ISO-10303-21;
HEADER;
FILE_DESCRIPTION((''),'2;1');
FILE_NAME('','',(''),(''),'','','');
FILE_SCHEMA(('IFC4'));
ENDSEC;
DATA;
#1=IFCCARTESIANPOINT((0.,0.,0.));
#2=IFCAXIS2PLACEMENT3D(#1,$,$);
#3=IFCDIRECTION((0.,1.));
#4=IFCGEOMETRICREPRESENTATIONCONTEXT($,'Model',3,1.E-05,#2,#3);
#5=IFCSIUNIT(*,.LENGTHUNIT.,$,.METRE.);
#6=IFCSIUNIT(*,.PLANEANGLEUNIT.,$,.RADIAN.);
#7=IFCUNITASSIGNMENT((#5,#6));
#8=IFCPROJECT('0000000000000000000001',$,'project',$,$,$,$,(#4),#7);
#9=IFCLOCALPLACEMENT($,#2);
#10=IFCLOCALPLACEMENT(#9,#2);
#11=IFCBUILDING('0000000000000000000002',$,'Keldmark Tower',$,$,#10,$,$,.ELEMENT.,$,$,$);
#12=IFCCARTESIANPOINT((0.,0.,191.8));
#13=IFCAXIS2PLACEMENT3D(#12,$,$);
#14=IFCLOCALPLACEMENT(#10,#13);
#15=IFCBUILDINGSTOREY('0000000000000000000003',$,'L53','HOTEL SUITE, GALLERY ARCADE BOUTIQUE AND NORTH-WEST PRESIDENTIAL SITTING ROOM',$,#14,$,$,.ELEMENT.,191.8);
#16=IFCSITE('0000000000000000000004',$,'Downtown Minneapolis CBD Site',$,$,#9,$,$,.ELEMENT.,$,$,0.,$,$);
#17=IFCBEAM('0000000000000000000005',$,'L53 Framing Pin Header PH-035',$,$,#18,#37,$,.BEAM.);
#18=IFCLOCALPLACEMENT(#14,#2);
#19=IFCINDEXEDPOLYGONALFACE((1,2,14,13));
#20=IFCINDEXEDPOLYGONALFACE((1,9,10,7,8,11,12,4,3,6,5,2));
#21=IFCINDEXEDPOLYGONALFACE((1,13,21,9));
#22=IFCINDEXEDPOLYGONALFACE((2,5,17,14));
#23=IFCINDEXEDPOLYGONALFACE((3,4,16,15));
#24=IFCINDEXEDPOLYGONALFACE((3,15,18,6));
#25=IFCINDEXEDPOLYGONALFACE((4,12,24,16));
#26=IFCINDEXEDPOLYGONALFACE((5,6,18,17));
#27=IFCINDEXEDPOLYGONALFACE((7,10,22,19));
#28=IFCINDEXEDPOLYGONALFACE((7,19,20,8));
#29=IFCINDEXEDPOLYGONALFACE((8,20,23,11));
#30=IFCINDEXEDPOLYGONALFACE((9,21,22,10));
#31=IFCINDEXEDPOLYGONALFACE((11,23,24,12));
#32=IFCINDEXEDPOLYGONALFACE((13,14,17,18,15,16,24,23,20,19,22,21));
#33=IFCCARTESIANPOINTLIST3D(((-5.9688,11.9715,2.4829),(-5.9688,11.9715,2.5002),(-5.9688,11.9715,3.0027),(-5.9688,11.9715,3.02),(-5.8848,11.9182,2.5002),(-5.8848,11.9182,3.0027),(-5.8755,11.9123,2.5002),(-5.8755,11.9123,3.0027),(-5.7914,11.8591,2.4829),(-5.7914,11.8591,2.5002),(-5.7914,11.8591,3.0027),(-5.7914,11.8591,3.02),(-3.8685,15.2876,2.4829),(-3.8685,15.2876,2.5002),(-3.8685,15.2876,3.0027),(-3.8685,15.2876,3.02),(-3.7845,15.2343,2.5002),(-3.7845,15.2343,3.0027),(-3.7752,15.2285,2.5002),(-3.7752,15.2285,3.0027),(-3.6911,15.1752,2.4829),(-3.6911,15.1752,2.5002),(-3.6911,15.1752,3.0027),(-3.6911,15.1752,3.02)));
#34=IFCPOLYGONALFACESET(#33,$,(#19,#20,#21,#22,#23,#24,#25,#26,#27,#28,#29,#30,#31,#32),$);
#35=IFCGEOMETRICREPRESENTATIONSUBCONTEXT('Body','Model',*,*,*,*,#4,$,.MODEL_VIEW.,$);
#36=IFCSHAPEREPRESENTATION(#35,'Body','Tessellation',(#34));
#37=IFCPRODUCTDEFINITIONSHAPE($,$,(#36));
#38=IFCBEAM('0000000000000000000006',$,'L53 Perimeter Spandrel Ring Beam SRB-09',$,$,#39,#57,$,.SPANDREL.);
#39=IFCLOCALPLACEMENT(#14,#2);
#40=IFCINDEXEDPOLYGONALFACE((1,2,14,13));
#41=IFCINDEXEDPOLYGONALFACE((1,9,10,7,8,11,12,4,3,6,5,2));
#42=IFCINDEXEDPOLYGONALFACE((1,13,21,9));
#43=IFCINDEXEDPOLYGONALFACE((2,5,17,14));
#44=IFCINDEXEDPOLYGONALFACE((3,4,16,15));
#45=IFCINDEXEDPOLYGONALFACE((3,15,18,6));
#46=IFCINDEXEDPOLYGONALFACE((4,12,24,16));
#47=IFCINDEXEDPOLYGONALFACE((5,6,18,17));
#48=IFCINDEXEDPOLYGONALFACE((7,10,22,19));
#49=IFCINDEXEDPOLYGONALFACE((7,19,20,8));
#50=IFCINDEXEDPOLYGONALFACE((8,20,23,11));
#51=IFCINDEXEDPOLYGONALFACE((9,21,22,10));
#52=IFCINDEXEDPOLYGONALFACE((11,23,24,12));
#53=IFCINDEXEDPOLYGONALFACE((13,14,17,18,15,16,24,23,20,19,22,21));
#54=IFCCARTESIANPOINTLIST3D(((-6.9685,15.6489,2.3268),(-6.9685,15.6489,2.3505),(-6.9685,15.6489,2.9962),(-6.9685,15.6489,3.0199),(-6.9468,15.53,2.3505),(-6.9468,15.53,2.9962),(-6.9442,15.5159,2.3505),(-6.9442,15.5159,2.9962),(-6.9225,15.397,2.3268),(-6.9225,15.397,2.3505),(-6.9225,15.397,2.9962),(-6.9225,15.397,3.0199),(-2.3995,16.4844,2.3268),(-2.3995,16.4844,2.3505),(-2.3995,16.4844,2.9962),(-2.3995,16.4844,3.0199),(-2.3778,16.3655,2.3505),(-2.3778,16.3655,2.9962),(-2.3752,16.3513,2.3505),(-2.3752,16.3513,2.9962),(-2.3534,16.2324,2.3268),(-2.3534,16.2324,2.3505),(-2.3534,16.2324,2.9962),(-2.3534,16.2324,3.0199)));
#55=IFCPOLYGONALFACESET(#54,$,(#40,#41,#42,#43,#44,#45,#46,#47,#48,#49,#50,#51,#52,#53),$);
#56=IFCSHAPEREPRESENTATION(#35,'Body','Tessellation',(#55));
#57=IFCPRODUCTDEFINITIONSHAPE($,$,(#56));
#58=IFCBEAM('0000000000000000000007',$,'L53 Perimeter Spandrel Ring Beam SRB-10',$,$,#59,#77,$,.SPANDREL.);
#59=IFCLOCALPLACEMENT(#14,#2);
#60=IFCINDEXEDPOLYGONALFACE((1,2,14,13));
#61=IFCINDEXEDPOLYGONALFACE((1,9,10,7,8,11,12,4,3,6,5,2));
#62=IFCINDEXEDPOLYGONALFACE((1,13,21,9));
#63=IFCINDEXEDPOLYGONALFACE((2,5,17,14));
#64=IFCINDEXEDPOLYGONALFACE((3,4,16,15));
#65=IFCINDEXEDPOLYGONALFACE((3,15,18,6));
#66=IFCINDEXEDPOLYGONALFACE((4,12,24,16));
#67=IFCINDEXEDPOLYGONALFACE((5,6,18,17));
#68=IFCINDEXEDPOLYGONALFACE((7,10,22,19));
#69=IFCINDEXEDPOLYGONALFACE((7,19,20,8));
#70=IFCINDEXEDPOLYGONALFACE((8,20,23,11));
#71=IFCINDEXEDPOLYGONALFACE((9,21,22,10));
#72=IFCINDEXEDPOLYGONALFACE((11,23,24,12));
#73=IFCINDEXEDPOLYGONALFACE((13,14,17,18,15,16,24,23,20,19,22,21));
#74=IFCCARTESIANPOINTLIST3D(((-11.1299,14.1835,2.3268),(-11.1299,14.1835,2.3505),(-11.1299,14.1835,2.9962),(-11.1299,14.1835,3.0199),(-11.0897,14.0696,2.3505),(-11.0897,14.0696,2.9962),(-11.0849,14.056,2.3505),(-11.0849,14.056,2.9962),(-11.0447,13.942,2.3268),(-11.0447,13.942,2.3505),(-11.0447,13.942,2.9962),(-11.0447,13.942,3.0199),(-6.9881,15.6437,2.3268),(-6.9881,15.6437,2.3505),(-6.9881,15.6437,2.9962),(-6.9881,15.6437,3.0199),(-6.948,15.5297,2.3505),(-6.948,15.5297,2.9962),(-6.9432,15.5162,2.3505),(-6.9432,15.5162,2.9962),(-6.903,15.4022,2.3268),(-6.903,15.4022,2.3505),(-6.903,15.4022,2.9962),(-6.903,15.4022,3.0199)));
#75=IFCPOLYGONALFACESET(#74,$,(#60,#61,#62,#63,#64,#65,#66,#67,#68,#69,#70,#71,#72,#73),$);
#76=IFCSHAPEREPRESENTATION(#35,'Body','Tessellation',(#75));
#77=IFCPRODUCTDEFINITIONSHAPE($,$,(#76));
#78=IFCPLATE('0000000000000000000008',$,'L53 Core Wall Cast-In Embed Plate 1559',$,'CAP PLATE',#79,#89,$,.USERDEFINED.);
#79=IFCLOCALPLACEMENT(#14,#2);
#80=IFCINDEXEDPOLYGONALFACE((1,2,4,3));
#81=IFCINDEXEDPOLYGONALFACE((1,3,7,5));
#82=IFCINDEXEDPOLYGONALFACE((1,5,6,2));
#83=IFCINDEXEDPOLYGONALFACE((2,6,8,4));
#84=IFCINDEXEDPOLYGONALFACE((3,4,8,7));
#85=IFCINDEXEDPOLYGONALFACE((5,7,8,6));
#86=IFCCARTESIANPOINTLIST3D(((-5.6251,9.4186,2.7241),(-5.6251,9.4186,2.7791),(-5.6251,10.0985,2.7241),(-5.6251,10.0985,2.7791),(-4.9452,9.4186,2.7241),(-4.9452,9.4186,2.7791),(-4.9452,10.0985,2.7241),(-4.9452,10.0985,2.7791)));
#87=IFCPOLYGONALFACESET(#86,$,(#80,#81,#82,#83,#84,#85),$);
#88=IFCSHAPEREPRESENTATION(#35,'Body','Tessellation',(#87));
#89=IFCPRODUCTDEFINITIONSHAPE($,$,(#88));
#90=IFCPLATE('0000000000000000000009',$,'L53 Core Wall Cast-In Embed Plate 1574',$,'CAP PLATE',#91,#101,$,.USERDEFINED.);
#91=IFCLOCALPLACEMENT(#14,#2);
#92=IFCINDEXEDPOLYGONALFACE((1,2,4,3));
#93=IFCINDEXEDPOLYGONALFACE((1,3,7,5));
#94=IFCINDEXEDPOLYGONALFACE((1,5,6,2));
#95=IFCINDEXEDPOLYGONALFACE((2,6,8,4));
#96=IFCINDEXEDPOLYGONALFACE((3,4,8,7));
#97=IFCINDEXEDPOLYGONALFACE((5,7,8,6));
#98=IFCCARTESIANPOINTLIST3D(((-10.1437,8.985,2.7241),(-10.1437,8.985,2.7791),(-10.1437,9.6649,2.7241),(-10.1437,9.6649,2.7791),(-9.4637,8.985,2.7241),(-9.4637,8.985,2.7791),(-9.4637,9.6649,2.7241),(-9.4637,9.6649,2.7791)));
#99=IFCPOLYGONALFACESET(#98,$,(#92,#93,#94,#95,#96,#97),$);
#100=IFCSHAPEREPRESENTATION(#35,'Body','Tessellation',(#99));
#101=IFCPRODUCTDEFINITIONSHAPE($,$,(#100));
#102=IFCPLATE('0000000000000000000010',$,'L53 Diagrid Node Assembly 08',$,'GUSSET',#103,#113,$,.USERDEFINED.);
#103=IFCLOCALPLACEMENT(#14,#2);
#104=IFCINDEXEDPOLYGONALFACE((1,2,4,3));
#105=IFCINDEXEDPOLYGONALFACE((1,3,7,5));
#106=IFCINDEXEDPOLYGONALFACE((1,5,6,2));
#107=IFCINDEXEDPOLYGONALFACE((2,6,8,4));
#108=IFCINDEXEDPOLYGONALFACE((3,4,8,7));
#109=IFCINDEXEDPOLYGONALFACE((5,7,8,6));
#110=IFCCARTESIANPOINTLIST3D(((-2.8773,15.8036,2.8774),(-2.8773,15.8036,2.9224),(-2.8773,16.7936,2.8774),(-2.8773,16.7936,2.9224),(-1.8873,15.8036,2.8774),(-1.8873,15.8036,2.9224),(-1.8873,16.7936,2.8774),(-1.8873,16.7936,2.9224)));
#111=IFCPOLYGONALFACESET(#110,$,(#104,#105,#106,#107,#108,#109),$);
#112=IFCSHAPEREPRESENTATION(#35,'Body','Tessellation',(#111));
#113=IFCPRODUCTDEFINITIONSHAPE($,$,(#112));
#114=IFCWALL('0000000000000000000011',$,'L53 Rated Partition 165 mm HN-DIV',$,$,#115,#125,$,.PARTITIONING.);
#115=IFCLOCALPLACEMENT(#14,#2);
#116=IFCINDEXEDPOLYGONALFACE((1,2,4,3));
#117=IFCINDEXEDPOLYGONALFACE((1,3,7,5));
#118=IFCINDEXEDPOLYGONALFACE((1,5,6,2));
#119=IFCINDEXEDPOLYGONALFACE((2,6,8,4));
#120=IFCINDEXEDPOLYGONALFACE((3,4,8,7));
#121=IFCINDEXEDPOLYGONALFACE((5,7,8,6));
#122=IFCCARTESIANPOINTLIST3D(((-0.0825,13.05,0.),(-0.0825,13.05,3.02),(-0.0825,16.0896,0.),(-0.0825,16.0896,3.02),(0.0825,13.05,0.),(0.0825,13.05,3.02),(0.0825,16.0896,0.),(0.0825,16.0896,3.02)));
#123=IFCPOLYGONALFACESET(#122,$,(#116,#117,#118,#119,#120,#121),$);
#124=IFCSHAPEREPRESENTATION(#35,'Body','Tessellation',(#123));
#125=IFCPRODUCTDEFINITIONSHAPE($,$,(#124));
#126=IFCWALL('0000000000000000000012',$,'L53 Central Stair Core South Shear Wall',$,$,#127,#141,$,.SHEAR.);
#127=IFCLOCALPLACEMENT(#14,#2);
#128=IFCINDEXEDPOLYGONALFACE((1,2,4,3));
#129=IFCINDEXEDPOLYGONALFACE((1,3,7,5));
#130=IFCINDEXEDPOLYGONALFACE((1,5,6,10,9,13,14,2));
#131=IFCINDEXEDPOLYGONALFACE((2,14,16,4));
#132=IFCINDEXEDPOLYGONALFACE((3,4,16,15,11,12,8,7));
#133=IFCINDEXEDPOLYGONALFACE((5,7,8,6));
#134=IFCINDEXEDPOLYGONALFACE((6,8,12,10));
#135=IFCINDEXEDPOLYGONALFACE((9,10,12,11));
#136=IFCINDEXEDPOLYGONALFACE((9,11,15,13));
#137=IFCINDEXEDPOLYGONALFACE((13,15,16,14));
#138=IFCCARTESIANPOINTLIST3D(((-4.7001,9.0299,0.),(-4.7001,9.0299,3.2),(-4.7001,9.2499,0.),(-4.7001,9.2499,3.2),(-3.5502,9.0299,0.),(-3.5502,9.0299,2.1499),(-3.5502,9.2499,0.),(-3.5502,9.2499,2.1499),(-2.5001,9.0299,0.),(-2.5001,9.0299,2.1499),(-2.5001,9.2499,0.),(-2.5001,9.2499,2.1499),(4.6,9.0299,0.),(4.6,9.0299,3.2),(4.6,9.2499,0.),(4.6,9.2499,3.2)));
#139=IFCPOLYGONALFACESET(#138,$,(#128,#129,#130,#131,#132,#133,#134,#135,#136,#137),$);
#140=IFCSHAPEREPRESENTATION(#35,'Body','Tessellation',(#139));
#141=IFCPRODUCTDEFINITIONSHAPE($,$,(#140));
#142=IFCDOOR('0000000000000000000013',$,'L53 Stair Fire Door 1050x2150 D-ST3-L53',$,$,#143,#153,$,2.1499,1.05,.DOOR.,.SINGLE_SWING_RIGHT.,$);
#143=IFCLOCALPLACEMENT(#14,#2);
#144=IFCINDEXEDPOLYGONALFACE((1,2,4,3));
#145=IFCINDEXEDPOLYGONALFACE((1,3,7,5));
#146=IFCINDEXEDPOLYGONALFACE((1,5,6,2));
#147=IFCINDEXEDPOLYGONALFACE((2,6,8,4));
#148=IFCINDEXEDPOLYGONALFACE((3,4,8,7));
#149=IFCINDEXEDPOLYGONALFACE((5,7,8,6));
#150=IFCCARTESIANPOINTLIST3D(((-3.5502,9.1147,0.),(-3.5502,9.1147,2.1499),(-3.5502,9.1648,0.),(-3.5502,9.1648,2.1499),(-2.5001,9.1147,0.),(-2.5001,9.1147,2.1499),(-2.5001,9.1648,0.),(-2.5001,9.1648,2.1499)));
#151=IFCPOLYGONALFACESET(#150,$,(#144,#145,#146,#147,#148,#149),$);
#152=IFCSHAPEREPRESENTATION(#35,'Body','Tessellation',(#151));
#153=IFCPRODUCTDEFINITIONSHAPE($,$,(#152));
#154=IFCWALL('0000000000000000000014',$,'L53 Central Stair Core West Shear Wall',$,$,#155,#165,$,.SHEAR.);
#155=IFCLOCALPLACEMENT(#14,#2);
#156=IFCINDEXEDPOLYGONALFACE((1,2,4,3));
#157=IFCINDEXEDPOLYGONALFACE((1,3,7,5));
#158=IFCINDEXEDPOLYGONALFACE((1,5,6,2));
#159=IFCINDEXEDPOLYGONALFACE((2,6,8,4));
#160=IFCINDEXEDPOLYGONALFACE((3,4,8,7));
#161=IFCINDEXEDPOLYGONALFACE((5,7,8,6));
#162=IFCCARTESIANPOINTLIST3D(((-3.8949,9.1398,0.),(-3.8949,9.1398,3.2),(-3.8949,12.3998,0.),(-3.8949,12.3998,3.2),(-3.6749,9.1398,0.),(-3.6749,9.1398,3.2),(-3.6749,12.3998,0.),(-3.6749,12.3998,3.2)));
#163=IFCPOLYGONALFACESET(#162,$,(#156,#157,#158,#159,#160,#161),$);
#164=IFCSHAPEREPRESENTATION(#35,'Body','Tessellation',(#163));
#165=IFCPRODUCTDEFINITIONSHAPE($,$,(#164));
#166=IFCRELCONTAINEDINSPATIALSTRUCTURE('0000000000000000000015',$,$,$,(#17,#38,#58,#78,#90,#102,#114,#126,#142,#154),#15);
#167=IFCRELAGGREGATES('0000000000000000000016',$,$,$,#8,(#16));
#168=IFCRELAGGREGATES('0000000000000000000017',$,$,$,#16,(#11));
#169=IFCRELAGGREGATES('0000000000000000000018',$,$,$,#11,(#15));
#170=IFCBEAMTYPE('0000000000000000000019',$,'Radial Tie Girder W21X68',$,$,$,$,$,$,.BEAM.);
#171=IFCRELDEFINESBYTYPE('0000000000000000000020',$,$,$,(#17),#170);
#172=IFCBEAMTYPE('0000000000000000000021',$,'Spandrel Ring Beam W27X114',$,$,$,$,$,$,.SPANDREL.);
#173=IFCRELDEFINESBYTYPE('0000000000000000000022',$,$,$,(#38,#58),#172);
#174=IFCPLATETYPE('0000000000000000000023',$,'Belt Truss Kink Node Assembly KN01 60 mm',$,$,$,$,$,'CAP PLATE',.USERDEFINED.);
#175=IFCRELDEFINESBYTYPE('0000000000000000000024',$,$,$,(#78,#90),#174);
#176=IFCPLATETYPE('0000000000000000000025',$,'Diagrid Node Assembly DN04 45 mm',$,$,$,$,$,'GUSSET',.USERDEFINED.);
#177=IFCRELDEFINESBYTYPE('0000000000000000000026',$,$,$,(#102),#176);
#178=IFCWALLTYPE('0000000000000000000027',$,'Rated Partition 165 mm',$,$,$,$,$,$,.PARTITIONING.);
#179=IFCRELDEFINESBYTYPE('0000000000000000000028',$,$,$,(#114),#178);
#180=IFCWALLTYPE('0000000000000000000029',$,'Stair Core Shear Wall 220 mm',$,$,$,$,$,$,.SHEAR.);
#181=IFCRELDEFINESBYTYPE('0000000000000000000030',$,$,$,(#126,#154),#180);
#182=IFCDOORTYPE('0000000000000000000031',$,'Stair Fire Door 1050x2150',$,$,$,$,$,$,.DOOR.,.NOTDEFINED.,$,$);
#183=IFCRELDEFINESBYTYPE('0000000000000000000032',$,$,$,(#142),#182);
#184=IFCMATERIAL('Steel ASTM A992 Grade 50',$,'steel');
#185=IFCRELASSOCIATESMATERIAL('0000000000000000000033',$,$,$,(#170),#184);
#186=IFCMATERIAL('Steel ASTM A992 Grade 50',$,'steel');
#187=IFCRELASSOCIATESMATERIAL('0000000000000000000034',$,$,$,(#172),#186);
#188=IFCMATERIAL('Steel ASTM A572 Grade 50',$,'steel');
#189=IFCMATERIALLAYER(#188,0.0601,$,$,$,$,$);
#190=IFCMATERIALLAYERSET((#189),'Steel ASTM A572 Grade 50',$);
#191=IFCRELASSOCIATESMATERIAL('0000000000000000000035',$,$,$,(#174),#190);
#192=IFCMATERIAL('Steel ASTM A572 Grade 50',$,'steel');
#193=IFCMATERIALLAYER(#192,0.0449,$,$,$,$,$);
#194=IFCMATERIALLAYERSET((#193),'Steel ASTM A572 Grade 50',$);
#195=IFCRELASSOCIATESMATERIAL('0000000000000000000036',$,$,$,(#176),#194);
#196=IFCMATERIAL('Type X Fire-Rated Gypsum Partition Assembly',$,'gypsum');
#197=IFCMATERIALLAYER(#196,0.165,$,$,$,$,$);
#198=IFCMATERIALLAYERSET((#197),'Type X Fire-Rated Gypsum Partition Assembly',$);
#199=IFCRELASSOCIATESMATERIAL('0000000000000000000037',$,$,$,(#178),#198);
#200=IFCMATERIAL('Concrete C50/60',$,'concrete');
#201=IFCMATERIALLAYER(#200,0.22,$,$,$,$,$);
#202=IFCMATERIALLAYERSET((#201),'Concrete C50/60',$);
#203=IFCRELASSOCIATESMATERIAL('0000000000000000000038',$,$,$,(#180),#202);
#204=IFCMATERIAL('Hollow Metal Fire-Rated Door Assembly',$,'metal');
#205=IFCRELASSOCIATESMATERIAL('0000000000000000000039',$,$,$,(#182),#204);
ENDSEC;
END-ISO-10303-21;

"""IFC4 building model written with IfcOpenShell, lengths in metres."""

from ifc_helpers import new_model, si_unit, direction, frame, frame_2d, origin, origin_2d, place, context, subcontext, project, spatial, rectangle, i_section, extrude, material, layer, layer_set, material_profile, profile_set, type_object, element, fill, save


model = new_model("IFC4")

# Units and contexts
model_context = context("Model", 3, precision=1e-05, world=origin(), true_north=direction((0.0, 1.0)))
body_context = subcontext(model_context, "Body", "Model", "MODEL_VIEW")
ifc_project = project(units=[si_unit("LENGTHUNIT", "METRE"), si_unit("PLANEANGLEUNIT", "RADIAN")], contexts=[model_context])

# Site, building, storey
site_placement = place(None, origin())
site = spatial("IfcSite", under=ifc_project, at=site_placement, Name="Downtown Minneapolis CBD Site", CompositionType="ELEMENT", RefElevation=0.0)
building_placement = place(site_placement, origin())
building = spatial("IfcBuilding", under=site, at=building_placement, Name="Keldmark Tower", CompositionType="ELEMENT")
storey_placement = place(building_placement, frame((0.0, 0.0, 191.8)))
storey = spatial("IfcBuildingStorey", under=building, at=storey_placement, Name="L53", Description="HOTEL SUITE, GALLERY ARCADE BOUTIQUE AND NORTH-WEST PRESIDENTIAL SITTING ROOM", CompositionType="ELEMENT", Elevation=191.8)

# Beams
ifc_material_1 = material(Name="Steel ASTM A992 Grade 50", Category="steel")
ifc_material_profile_1 = material_profile(ifc_material_1, i_section(OverallWidth=0.21, OverallDepth=0.5371, WebThickness=0.011, FlangeThickness=0.0173, at=origin_2d()), Name="W21X68")
ifc_profile_set_1 = profile_set([ifc_material_profile_1], Name="Steel ASTM A992 Grade 50")
beam_type_1 = type_object("IfcBeamType", Name="Radial Tie Girder W21X68", PredefinedType="BEAM", material=ifc_profile_set_1)
beam_1_placement = place(storey_placement, frame((-5.8801, 11.9153, 2.7515), z_axis=(0.535071, 0.844807, 0.0), x_axis=(-0.844807, 0.535071, 0.0)))
element("IfcBeam", 1, at=beam_1_placement, inside=storey, type_object=beam_type_1, Name="L53 Framing Pin Header PH-035", PredefinedType="BEAM", context=body_context, shape_type="SweptSolid", body=[
    extrude(i_section(OverallWidth=0.21, OverallDepth=0.5371, WebThickness=0.011, FlangeThickness=0.0173, at=origin_2d()), origin(), (0.0, 0.0, 1.0), 3.9253),
])
ifc_material_2 = material(Name="Steel ASTM A992 Grade 50", Category="steel")
ifc_material_profile_2 = material_profile(ifc_material_2, i_section(OverallWidth=0.2561, OverallDepth=0.6931, WebThickness=0.0144, FlangeThickness=0.0237, at=origin_2d()), Name="W27X114")
ifc_profile_set_2 = profile_set([ifc_material_profile_2], Name="Steel ASTM A992 Grade 50")
beam_type_2 = type_object("IfcBeamType", Name="Spandrel Ring Beam W27X114", PredefinedType="SPANDREL", material=ifc_profile_set_2)
beam_2_placement = place(storey_placement, frame((-2.3765, 16.3584, 2.6733), z_axis=(-0.983691, -0.179866, 0.0), x_axis=(0.179866, -0.983691, 0.0)))
element("IfcBeam", 2, at=beam_2_placement, inside=storey, type_object=beam_type_2, Name="L53 Perimeter Spandrel Ring Beam SRB-09", PredefinedType="SPANDREL", context=body_context, shape_type="SweptSolid", body=[
    extrude(i_section(OverallWidth=0.2561, OverallDepth=0.6931, WebThickness=0.0144, FlangeThickness=0.0237, at=origin_2d()), origin(), (0.0, 0.0, 1.0), 4.6448),
])
beam_3_placement = place(storey_placement, frame((-6.9456, 15.5229, 2.6733), z_axis=(-0.943106, -0.332492, 0.0), x_axis=(0.332492, -0.943106, 0.0)))
element("IfcBeam", 3, at=beam_3_placement, inside=storey, type_object=beam_type_2, Name="L53 Perimeter Spandrel Ring Beam SRB-10", PredefinedType="SPANDREL", context=body_context, shape_type="SweptSolid", body=[
    extrude(i_section(OverallWidth=0.2561, OverallDepth=0.6931, WebThickness=0.0144, FlangeThickness=0.0237, at=origin_2d()), origin(), (0.0, 0.0, 1.0), 4.3916),
])

# Plates
ifc_material_3 = material(Name="Steel ASTM A572 Grade 50", Category="steel")
ifc_layer_1 = layer(ifc_material_3, 0.0601)
ifc_layer_set_1 = layer_set([ifc_layer_1], Name="Steel ASTM A572 Grade 50")
plate_type_1 = type_object("IfcPlateType", Name="Belt Truss Kink Node Assembly KN01 60 mm", ElementType="CAP PLATE", PredefinedType="USERDEFINED", material=ifc_layer_set_1)
for number, where, z_axis, x_axis, name in (
    (4, (-5.2852, 9.7585, 2.7241), (0.0, 0.0, 1.0), (1.0, 0.0, 0.0), "L53 Core Wall Cast-In Embed Plate 1559"),
    (5, (-9.8037, 9.325, 2.7241), (0.0, 0.0, 1.0), (1.0, 0.0, 0.0), "L53 Core Wall Cast-In Embed Plate 1574"),
):
    element("IfcPlate", number, at=place(storey_placement, frame(where, z_axis=z_axis, x_axis=x_axis)), inside=storey, type_object=plate_type_1, Name=name, ObjectType="CAP PLATE", PredefinedType="USERDEFINED", context=body_context, shape_type="SweptSolid", body=[
        extrude(rectangle(XDim=0.6799, YDim=0.6799, at=origin_2d()), origin(), (0.0, 0.0, 1.0), 0.0549),
    ])
ifc_material_4 = material(Name="Steel ASTM A572 Grade 50", Category="steel")
ifc_layer_2 = layer(ifc_material_4, 0.0449)
ifc_layer_set_2 = layer_set([ifc_layer_2], Name="Steel ASTM A572 Grade 50")
plate_type_2 = type_object("IfcPlateType", Name="Diagrid Node Assembly DN04 45 mm", ElementType="GUSSET", PredefinedType="USERDEFINED", material=ifc_layer_set_2)
plate_placement = place(storey_placement, frame((-2.3823, 16.2986, 2.8774), z_axis=(0.0, 0.0, 1.0), x_axis=(-1.0, 0.0, 0.0)))
element("IfcPlate", 6, at=plate_placement, inside=storey, type_object=plate_type_2, Name="L53 Diagrid Node Assembly 08", ObjectType="GUSSET", PredefinedType="USERDEFINED", context=body_context, shape_type="SweptSolid", body=[
    extrude(rectangle(XDim=0.99, YDim=0.99, at=origin_2d()), origin(), (0.0, 0.0, 1.0), 0.0449),
])

# Wall
ifc_material_5 = material(Name="Type X Fire-Rated Gypsum Partition Assembly", Category="gypsum")
ifc_layer_3 = layer(ifc_material_5, 0.165)
ifc_layer_set_3 = layer_set([ifc_layer_3], Name="Type X Fire-Rated Gypsum Partition Assembly")
wall_type_1 = type_object("IfcWallType", Name="Rated Partition 165 mm", PredefinedType="PARTITIONING", material=ifc_layer_set_3)
wall_1_placement = place(storey_placement, frame((0.0, 13.05, 0.0), z_axis=(0.0, 0.0, 1.0), x_axis=(0.0, 1.0, 0.0)))
element("IfcWall", 7, at=wall_1_placement, inside=storey, type_object=wall_type_1, Name="L53 Rated Partition 165 mm HN-DIV", PredefinedType="PARTITIONING", context=body_context, shape_type="SweptSolid", body=[
    extrude(rectangle(XDim=3.0396, YDim=0.165, at=frame_2d((1.5198, 0.0))), origin(), (0.0, 0.0, 1.0), 3.02),
])

# Wall, opening, door
ifc_material_6 = material(Name="Concrete C50/60", Category="concrete")
ifc_layer_4 = layer(ifc_material_6, 0.22)
ifc_layer_set_4 = layer_set([ifc_layer_4], Name="Concrete C50/60")
wall_type_2 = type_object("IfcWallType", Name="Stair Core Shear Wall 220 mm", PredefinedType="SHEAR", material=ifc_layer_set_4)
wall_2_placement = place(storey_placement, frame((-4.7, 9.1399, 0.0), z_axis=(0.0, 0.0, 1.0), x_axis=(1.0, 0.0, 0.0)))
wall_2 = element("IfcWall", 8, at=wall_2_placement, inside=storey, type_object=wall_type_2, Name="L53 Central Stair Core South Shear Wall", PredefinedType="SHEAR", context=body_context, shape_type="SweptSolid", body=[
    extrude(rectangle(XDim=9.3, YDim=0.22, at=frame_2d((4.6499, 0.0))), origin(), (0.0, 0.0, 1.0), 3.2),
])
opening_1_placement = place(wall_2_placement, frame((1.1499, 0.0, 0.0)))
opening_1 = element("IfcOpeningElement", 9, at=opening_1_placement, cuts=wall_2, PredefinedType="OPENING", context=body_context, shape_type="SweptSolid", body=[
    extrude(rectangle(XDim=1.05, YDim=2.1499, at=frame_2d((0.5249, 1.075))), frame((0.0, 0.1199, 0.0), z_axis=(0.0, -1.0, 0.0), x_axis=(1.0, 0.0, 0.0)), (0.0, 0.0, 1.0), 0.24),
])
ifc_material_7 = material(Name="Hollow Metal Fire-Rated Door Assembly", Category="metal")
door_type = type_object("IfcDoorType", Name="Stair Fire Door 1050x2150", OperationType="NOTDEFINED", PredefinedType="DOOR", material=ifc_material_7)
door_placement = place(opening_1_placement, origin())
door = element("IfcDoor", 10, at=door_placement, inside=storey, type_object=door_type, Name="L53 Stair Fire Door 1050x2150 D-ST3-L53", OperationType="SINGLE_SWING_RIGHT", OverallHeight=2.1499, OverallWidth=1.05, PredefinedType="DOOR", context=body_context, shape_type="SweptSolid", body=[
    extrude(rectangle(XDim=1.05, YDim=2.1499, at=frame_2d((0.5249, 1.075))), frame((0.0, 0.0249, 0.0), z_axis=(0.0, -1.0, 0.0), x_axis=(1.0, 0.0, 0.0)), (0.0, 0.0, 1.0), 0.05),
])
fill(opening_1, door)

# Wall
wall_3_placement = place(storey_placement, frame((-3.7849, 9.1399, 0.0), z_axis=(0.0, 0.0, 1.0), x_axis=(0.0, 1.0, 0.0)))
element("IfcWall", 11, at=wall_3_placement, inside=storey, type_object=wall_type_2, Name="L53 Central Stair Core West Shear Wall", PredefinedType="SHEAR", context=body_context, shape_type="SweptSolid", body=[
    extrude(rectangle(XDim=3.26, YDim=0.22, at=frame_2d((1.6299, 0.0))), origin(), (0.0, 0.0, 1.0), 3.2),
])

save(model, "model.ifc")
